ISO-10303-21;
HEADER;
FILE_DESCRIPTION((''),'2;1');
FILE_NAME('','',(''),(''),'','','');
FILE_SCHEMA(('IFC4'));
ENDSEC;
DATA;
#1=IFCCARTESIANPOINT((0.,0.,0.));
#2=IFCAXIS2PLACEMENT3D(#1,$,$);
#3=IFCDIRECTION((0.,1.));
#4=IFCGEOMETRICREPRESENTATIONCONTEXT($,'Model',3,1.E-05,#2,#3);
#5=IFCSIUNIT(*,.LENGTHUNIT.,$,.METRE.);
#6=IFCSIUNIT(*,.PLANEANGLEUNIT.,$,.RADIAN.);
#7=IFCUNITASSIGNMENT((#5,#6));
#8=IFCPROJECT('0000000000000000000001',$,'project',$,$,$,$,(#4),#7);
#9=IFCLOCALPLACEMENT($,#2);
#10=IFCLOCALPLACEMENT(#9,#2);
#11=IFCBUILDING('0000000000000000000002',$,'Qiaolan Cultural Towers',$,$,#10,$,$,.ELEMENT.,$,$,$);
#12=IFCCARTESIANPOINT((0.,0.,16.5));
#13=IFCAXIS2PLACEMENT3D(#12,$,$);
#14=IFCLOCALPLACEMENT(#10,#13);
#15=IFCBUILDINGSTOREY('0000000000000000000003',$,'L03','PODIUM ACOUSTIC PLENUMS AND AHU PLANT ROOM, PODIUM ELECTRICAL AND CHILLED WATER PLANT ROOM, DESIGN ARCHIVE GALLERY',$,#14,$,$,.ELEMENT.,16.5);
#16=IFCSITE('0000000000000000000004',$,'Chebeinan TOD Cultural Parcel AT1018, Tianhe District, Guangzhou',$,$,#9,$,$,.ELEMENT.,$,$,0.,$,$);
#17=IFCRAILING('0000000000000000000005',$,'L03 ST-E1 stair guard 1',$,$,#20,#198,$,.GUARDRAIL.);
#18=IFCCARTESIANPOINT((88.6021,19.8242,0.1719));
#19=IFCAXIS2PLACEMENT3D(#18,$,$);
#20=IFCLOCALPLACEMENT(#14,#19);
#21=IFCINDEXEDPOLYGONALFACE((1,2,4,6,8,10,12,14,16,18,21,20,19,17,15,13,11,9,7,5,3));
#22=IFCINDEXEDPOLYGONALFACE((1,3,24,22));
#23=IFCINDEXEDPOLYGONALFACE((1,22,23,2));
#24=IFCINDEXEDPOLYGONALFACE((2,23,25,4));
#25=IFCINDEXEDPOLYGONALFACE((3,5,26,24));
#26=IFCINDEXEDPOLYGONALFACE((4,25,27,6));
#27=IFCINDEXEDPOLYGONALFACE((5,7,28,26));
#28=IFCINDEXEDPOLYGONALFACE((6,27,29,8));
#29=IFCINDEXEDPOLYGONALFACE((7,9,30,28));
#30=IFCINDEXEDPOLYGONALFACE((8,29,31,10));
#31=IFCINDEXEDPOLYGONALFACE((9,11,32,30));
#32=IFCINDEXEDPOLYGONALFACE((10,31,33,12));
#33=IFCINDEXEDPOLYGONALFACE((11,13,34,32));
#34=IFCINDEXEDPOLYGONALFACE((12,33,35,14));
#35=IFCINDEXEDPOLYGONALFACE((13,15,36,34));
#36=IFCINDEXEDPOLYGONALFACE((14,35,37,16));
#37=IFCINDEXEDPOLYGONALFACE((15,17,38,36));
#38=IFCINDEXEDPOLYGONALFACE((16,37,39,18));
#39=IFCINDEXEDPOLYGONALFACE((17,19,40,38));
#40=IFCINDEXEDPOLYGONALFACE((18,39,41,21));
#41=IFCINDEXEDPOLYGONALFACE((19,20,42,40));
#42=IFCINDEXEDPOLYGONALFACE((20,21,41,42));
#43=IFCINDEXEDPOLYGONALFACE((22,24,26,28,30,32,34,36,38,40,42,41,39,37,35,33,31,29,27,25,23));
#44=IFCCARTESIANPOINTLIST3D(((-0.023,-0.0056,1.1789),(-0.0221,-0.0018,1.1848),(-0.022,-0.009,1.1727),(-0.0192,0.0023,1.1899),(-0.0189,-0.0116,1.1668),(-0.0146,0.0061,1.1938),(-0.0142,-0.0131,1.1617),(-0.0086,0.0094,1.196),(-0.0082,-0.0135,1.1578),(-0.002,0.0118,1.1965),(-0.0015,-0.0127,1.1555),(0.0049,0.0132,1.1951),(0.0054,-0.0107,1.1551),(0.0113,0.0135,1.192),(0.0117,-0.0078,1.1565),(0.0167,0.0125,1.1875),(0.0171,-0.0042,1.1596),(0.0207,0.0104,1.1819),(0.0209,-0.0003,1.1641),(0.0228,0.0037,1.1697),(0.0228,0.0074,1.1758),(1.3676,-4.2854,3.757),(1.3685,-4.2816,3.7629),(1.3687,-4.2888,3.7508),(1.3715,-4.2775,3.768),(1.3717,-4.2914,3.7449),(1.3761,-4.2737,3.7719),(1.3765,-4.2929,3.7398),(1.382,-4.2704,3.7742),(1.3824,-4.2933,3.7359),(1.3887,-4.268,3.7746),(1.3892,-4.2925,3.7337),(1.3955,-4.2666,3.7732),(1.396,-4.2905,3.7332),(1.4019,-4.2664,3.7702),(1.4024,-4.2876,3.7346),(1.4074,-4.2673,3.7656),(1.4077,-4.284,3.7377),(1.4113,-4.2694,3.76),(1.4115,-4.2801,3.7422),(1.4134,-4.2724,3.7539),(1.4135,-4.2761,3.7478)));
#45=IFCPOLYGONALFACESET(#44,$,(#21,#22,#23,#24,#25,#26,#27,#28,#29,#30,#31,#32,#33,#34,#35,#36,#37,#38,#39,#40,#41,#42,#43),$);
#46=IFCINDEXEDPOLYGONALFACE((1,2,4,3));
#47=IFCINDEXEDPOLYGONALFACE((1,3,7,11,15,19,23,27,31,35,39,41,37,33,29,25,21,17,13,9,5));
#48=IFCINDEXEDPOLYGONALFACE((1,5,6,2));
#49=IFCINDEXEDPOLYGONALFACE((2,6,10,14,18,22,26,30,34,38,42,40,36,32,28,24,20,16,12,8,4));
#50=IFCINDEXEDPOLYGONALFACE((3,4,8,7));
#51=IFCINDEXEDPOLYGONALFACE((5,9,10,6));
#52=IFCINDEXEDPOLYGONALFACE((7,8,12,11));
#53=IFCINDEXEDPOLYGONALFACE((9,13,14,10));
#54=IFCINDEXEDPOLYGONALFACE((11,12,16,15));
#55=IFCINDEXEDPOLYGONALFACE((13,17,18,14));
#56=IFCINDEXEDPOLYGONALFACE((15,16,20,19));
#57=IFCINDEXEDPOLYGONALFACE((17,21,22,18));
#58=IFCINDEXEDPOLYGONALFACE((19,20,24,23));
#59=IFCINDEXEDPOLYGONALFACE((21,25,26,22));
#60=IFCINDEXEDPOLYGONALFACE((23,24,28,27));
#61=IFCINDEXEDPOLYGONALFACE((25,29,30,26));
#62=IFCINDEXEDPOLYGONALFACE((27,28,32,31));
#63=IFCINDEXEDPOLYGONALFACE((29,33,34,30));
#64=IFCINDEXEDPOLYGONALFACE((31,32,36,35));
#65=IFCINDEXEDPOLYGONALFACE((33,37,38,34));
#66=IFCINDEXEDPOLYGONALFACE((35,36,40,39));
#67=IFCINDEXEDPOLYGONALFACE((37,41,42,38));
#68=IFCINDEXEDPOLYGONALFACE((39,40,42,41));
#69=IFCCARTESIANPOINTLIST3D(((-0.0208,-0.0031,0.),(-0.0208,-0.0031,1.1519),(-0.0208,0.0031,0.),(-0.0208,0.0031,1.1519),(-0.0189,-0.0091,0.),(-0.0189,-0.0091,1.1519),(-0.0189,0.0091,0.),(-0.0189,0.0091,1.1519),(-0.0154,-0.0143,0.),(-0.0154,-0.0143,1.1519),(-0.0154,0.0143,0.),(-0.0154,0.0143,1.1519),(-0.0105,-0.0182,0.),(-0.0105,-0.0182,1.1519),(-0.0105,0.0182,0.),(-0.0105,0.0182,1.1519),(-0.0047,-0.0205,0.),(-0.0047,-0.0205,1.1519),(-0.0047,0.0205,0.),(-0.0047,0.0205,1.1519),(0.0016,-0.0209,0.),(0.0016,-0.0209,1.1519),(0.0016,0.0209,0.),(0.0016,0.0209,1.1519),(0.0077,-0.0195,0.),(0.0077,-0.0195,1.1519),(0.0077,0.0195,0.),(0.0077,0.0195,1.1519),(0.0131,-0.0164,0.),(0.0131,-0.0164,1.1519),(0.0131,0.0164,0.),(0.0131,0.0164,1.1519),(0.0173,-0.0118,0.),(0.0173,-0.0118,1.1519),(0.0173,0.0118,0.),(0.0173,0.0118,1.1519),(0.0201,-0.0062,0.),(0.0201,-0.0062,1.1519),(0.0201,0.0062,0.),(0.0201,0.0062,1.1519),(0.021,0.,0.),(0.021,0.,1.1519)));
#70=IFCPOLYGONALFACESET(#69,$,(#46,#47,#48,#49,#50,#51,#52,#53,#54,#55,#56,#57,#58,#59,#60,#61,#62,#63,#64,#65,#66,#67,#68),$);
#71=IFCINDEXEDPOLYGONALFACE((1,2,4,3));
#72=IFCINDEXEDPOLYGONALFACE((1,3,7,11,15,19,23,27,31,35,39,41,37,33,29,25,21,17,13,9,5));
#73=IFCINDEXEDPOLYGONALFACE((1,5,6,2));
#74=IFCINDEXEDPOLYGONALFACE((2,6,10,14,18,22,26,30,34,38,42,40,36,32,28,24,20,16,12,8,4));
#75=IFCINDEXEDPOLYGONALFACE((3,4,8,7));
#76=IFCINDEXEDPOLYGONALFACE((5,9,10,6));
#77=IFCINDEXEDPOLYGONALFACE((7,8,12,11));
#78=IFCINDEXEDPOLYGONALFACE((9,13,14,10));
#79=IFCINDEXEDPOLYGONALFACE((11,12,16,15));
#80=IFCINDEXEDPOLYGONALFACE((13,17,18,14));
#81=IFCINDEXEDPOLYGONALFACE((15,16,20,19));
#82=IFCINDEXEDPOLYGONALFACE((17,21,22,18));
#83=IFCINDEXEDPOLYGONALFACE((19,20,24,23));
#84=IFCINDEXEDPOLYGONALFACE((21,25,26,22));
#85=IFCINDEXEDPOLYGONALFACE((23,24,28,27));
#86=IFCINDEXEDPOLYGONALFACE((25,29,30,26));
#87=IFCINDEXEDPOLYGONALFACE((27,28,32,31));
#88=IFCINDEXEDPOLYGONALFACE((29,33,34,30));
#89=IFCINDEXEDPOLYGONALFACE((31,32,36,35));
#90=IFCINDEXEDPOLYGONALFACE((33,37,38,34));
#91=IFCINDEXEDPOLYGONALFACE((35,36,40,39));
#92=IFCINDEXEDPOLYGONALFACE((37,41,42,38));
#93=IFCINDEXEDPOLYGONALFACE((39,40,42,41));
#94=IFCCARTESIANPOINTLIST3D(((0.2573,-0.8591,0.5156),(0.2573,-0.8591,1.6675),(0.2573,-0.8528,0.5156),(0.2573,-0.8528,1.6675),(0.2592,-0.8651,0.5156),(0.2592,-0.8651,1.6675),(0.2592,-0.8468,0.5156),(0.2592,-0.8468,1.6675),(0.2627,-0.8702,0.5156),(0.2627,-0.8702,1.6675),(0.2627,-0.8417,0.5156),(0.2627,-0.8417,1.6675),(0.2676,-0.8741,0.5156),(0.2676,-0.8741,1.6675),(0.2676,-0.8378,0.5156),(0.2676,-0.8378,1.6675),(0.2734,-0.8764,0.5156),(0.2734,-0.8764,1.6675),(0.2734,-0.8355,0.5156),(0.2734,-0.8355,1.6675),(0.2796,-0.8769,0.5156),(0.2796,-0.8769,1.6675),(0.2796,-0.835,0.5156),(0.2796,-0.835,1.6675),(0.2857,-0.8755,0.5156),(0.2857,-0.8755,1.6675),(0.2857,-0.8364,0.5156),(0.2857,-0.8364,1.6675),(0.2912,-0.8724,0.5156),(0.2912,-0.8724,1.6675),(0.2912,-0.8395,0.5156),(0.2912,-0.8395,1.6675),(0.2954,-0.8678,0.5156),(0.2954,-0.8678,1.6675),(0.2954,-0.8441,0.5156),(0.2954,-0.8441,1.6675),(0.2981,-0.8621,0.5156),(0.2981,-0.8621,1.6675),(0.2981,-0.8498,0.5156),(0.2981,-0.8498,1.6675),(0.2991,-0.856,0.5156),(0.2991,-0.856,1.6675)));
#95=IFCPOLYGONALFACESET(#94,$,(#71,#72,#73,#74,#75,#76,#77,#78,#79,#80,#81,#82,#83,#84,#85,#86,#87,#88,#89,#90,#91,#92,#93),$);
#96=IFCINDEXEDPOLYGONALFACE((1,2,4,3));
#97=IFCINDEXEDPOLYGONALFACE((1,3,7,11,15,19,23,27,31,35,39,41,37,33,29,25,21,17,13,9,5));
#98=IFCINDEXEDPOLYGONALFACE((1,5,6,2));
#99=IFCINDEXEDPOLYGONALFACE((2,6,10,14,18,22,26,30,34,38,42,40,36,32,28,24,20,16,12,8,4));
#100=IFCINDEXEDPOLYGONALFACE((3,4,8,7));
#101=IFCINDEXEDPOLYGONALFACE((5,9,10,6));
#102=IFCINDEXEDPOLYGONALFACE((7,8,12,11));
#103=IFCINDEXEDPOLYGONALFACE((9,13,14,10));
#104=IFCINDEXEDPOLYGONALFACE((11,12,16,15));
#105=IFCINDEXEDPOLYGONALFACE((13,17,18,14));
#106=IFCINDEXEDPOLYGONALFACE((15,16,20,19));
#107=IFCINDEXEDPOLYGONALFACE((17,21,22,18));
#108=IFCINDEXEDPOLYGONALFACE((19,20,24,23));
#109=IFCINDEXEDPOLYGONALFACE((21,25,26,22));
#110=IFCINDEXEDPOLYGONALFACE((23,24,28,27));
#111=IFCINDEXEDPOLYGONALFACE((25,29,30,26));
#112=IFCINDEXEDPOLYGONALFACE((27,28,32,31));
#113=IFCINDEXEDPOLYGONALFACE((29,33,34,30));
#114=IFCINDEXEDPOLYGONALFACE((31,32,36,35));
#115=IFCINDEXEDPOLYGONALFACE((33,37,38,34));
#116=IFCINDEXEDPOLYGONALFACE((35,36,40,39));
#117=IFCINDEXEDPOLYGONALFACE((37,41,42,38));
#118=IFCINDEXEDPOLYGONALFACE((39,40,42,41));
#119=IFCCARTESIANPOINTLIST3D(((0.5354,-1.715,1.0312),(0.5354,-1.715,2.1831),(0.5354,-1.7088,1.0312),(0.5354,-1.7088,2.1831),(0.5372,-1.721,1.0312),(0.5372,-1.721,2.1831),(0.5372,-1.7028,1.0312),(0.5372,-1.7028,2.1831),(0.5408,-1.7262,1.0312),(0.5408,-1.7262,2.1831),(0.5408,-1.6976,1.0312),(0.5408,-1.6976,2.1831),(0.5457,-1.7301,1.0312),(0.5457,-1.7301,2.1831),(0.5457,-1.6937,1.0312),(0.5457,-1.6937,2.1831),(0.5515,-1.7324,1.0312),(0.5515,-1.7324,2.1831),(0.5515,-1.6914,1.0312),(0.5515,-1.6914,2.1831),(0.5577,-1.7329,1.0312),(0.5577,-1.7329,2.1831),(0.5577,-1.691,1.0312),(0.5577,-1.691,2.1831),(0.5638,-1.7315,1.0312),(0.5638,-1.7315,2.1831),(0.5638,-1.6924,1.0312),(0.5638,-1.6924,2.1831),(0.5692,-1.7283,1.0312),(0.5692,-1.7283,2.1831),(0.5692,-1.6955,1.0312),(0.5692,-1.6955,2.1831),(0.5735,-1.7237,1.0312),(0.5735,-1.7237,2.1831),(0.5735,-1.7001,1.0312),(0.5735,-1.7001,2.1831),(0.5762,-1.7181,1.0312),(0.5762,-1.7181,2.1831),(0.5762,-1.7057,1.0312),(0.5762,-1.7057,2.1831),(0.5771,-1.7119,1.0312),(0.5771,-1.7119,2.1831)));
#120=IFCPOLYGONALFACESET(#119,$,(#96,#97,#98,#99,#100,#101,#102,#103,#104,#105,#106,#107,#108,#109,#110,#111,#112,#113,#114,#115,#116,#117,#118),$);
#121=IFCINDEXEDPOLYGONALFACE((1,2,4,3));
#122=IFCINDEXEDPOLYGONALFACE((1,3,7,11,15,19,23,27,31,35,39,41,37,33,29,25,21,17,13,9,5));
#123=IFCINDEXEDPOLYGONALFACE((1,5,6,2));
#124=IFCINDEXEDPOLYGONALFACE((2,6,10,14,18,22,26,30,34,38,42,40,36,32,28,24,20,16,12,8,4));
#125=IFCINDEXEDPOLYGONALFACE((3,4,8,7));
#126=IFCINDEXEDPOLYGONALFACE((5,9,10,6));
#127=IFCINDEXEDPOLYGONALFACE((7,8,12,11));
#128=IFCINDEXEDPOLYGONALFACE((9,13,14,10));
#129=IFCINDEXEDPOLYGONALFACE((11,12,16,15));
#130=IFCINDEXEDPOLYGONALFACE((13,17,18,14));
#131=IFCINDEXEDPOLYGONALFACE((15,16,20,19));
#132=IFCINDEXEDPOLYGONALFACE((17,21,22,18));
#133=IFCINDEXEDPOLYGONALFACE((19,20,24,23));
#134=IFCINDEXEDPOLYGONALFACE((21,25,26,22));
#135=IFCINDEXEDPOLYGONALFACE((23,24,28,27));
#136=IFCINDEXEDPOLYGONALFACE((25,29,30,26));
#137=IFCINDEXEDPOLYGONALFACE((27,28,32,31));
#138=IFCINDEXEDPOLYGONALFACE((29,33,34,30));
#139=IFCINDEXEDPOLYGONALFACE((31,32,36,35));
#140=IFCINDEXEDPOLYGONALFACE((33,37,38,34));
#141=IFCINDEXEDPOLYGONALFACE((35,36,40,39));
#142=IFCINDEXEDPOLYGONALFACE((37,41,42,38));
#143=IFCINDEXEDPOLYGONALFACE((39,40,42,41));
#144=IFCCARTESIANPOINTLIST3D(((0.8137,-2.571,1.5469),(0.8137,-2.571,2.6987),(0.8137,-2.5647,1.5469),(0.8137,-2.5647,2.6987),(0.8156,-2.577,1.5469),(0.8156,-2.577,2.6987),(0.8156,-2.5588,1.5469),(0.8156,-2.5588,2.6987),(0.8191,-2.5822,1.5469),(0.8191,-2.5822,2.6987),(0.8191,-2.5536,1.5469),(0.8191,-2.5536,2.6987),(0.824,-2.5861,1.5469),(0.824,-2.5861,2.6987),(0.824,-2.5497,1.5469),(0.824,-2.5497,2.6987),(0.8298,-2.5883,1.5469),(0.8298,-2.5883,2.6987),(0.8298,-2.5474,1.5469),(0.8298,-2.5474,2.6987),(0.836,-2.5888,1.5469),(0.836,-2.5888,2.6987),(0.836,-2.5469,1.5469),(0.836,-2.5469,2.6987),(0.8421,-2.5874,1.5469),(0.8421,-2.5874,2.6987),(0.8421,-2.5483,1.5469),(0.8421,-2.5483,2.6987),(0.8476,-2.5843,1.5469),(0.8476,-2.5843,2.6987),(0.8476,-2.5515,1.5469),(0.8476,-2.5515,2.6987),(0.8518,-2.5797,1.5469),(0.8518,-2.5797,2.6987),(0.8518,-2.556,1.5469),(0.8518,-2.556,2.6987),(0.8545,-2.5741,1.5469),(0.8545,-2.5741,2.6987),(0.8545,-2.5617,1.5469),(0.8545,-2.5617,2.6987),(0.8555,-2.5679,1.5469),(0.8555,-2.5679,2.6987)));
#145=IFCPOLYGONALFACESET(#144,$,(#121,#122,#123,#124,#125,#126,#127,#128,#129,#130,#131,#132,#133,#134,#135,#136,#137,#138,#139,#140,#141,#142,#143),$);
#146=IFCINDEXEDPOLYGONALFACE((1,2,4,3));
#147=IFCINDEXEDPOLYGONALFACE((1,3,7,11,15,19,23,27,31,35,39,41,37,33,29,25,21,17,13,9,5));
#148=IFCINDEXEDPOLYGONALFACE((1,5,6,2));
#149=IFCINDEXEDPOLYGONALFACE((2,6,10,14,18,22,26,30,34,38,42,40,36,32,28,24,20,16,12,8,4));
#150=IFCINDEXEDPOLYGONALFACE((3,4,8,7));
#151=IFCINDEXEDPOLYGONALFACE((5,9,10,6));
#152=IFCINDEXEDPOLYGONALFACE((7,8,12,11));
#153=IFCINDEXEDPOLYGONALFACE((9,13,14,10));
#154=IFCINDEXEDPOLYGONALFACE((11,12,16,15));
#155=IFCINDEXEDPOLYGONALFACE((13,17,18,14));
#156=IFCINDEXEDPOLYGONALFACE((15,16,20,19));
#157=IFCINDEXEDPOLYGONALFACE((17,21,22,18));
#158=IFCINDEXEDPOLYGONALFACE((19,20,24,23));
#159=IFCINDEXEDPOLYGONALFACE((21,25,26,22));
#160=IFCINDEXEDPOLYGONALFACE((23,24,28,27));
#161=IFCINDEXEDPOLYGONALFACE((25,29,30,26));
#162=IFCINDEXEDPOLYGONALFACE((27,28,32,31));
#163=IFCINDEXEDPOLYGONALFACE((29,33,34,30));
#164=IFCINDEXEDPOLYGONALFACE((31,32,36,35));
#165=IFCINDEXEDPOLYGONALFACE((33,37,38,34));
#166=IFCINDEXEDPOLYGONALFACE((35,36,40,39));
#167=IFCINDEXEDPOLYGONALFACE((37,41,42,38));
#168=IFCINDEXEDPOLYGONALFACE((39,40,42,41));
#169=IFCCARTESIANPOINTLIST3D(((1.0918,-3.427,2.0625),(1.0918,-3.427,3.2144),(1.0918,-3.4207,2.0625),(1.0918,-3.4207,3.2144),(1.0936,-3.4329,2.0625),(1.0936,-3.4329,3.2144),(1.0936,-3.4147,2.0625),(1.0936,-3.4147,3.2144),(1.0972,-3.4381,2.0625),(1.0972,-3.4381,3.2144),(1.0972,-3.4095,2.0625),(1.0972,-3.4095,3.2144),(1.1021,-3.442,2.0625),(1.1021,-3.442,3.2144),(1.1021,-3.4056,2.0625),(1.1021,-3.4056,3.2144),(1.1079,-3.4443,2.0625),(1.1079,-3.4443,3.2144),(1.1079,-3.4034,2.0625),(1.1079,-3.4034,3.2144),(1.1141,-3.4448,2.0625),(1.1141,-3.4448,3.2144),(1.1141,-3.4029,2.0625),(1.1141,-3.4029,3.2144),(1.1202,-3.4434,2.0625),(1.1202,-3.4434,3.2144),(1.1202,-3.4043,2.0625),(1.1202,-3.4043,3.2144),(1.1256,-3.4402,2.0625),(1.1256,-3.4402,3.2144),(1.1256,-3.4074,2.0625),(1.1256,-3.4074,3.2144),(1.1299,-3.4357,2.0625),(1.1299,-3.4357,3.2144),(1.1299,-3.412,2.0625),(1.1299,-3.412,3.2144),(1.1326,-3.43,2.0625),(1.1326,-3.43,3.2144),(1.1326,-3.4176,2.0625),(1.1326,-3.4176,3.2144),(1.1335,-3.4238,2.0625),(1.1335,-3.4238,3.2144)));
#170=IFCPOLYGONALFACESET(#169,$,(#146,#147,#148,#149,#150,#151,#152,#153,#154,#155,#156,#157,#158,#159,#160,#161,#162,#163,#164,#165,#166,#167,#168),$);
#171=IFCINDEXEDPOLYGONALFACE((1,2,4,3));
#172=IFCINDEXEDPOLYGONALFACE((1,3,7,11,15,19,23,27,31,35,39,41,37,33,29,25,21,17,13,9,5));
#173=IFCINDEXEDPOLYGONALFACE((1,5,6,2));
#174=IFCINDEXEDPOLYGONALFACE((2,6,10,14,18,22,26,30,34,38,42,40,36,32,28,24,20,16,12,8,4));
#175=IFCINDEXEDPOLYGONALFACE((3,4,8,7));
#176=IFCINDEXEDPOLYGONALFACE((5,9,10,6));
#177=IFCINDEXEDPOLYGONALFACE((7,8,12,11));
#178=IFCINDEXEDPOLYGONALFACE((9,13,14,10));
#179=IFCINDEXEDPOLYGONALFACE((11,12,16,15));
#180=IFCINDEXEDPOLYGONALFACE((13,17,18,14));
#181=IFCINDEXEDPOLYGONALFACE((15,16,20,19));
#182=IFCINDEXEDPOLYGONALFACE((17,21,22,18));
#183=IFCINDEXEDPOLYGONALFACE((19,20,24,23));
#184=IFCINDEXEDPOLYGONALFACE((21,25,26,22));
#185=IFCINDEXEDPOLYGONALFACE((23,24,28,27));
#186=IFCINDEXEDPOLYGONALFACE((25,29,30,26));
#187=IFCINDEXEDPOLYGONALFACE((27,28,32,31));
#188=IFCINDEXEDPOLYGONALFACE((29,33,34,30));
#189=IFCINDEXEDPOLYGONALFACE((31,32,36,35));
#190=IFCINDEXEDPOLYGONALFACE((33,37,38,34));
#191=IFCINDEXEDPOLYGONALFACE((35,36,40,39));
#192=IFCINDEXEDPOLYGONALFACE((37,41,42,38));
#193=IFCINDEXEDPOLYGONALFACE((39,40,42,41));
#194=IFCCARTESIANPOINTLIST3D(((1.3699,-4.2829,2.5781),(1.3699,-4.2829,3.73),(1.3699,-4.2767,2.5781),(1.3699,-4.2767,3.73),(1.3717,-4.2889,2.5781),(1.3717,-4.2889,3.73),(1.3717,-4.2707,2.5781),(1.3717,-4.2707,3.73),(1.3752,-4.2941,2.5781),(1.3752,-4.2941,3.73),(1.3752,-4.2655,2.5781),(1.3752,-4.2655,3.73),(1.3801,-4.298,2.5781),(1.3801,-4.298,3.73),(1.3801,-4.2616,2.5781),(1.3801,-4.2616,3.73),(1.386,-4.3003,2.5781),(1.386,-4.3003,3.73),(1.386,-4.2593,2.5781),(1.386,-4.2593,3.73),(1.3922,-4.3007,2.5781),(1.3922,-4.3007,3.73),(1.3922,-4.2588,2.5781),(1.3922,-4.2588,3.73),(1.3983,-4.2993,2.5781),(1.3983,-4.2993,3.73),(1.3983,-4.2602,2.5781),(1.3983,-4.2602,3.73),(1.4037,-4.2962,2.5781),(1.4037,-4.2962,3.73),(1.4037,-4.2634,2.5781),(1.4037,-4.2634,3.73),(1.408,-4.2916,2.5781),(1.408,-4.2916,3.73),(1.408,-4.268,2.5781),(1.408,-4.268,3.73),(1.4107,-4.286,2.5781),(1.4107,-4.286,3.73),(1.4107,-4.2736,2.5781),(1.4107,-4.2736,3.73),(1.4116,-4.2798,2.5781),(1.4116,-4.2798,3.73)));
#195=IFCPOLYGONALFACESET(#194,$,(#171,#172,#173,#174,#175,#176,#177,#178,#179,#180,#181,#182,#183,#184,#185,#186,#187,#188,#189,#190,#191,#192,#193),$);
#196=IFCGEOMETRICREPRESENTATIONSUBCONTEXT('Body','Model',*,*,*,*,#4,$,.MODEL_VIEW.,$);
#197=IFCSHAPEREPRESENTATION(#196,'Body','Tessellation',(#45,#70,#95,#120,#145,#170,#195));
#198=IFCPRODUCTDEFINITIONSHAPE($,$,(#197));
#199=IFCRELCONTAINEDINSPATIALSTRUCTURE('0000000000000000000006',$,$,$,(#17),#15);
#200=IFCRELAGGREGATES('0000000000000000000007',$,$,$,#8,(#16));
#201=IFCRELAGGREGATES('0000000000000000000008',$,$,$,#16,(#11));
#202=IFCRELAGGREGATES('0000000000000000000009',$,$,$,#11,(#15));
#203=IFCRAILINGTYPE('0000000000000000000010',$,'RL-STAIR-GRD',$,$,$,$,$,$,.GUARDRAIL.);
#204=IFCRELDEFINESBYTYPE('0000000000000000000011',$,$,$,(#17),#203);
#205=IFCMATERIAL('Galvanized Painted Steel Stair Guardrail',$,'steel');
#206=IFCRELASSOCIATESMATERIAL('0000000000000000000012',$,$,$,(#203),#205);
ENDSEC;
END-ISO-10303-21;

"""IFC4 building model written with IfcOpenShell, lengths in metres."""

from ifc_helpers import new_model, si_unit, direction, frame, origin, origin_2d, place, context, subcontext, project, spatial, circle, extrude, material, type_object, element, save


model = new_model("IFC4")

# Units and contexts
model_context = context("Model", 3, precision=1e-05, world=origin(), true_north=direction((0.0, 1.0)))
body_context = subcontext(model_context, "Body", "Model", "MODEL_VIEW")
ifc_project = project(units=[si_unit("LENGTHUNIT", "METRE"), si_unit("PLANEANGLEUNIT", "RADIAN")], contexts=[model_context])

# Site, building, storey
site_placement = place(None, origin())
site = spatial("IfcSite", under=ifc_project, at=site_placement, Name="Chebeinan TOD Cultural Parcel AT1018, Tianhe District, Guangzhou", CompositionType="ELEMENT", RefElevation=0.0)
building_placement = place(site_placement, origin())
building = spatial("IfcBuilding", under=site, at=building_placement, Name="Qiaolan Cultural Towers", CompositionType="ELEMENT")
storey_placement = place(building_placement, frame((0.0, 0.0, 16.5)))
storey = spatial("IfcBuildingStorey", under=building, at=storey_placement, Name="L03", Description="PODIUM ACOUSTIC PLENUMS AND AHU PLANT ROOM, PODIUM ELECTRICAL AND CHILLED WATER PLANT ROOM, DESIGN ARCHIVE GALLERY", CompositionType="ELEMENT", Elevation=16.5)

# Railing
ifc_material_1 = material(Name="Galvanized Painted Steel Stair Guardrail", Category="steel")
railing_type_1 = type_object("IfcRailingType", Name="RL-STAIR-GRD", PredefinedType="GUARDRAIL", material=ifc_material_1)
railing_1_placement = place(storey_placement, frame((88.6021, 19.8242, 0.1719)))
element("IfcRailing", 1, at=railing_1_placement, inside=storey, type_object=railing_type_1, Name="L03 ST-E1 stair guard 1", PredefinedType="GUARDRAIL", context=body_context, shape_type="SweptSolid", body=[
    extrude(circle(Radius=0.0239, at=origin_2d()), frame((0.0, 0.0, 1.1758), z_axis=(0.268137, -0.825219, 0.497108), x_axis=(0.951054, 0.309025, 0.0)), (0.0, 0.0, 1.0), 5.1863),
    extrude(circle(Radius=0.021, at=origin_2d()), origin(), (0.0, 0.0, 1.0), 1.1519),
    extrude(circle(Radius=0.021, at=origin_2d()), frame((0.2781, -0.856, 0.5156)), (0.0, 0.0, 1.0), 1.1519),
    extrude(circle(Radius=0.021, at=origin_2d()), frame((0.5562, -1.7119, 1.0312)), (0.0, 0.0, 1.0), 1.1519),
    extrude(circle(Radius=0.021, at=origin_2d()), frame((0.8345, -2.5679, 1.5469)), (0.0, 0.0, 1.0), 1.1519),
    extrude(circle(Radius=0.021, at=origin_2d()), frame((1.1125, -3.4238, 2.0625)), (0.0, 0.0, 1.0), 1.1519),
    extrude(circle(Radius=0.021, at=origin_2d()), frame((1.3906, -4.2798, 2.5781)), (0.0, 0.0, 1.0), 1.1519),
])

save(model, "model.ifc")
